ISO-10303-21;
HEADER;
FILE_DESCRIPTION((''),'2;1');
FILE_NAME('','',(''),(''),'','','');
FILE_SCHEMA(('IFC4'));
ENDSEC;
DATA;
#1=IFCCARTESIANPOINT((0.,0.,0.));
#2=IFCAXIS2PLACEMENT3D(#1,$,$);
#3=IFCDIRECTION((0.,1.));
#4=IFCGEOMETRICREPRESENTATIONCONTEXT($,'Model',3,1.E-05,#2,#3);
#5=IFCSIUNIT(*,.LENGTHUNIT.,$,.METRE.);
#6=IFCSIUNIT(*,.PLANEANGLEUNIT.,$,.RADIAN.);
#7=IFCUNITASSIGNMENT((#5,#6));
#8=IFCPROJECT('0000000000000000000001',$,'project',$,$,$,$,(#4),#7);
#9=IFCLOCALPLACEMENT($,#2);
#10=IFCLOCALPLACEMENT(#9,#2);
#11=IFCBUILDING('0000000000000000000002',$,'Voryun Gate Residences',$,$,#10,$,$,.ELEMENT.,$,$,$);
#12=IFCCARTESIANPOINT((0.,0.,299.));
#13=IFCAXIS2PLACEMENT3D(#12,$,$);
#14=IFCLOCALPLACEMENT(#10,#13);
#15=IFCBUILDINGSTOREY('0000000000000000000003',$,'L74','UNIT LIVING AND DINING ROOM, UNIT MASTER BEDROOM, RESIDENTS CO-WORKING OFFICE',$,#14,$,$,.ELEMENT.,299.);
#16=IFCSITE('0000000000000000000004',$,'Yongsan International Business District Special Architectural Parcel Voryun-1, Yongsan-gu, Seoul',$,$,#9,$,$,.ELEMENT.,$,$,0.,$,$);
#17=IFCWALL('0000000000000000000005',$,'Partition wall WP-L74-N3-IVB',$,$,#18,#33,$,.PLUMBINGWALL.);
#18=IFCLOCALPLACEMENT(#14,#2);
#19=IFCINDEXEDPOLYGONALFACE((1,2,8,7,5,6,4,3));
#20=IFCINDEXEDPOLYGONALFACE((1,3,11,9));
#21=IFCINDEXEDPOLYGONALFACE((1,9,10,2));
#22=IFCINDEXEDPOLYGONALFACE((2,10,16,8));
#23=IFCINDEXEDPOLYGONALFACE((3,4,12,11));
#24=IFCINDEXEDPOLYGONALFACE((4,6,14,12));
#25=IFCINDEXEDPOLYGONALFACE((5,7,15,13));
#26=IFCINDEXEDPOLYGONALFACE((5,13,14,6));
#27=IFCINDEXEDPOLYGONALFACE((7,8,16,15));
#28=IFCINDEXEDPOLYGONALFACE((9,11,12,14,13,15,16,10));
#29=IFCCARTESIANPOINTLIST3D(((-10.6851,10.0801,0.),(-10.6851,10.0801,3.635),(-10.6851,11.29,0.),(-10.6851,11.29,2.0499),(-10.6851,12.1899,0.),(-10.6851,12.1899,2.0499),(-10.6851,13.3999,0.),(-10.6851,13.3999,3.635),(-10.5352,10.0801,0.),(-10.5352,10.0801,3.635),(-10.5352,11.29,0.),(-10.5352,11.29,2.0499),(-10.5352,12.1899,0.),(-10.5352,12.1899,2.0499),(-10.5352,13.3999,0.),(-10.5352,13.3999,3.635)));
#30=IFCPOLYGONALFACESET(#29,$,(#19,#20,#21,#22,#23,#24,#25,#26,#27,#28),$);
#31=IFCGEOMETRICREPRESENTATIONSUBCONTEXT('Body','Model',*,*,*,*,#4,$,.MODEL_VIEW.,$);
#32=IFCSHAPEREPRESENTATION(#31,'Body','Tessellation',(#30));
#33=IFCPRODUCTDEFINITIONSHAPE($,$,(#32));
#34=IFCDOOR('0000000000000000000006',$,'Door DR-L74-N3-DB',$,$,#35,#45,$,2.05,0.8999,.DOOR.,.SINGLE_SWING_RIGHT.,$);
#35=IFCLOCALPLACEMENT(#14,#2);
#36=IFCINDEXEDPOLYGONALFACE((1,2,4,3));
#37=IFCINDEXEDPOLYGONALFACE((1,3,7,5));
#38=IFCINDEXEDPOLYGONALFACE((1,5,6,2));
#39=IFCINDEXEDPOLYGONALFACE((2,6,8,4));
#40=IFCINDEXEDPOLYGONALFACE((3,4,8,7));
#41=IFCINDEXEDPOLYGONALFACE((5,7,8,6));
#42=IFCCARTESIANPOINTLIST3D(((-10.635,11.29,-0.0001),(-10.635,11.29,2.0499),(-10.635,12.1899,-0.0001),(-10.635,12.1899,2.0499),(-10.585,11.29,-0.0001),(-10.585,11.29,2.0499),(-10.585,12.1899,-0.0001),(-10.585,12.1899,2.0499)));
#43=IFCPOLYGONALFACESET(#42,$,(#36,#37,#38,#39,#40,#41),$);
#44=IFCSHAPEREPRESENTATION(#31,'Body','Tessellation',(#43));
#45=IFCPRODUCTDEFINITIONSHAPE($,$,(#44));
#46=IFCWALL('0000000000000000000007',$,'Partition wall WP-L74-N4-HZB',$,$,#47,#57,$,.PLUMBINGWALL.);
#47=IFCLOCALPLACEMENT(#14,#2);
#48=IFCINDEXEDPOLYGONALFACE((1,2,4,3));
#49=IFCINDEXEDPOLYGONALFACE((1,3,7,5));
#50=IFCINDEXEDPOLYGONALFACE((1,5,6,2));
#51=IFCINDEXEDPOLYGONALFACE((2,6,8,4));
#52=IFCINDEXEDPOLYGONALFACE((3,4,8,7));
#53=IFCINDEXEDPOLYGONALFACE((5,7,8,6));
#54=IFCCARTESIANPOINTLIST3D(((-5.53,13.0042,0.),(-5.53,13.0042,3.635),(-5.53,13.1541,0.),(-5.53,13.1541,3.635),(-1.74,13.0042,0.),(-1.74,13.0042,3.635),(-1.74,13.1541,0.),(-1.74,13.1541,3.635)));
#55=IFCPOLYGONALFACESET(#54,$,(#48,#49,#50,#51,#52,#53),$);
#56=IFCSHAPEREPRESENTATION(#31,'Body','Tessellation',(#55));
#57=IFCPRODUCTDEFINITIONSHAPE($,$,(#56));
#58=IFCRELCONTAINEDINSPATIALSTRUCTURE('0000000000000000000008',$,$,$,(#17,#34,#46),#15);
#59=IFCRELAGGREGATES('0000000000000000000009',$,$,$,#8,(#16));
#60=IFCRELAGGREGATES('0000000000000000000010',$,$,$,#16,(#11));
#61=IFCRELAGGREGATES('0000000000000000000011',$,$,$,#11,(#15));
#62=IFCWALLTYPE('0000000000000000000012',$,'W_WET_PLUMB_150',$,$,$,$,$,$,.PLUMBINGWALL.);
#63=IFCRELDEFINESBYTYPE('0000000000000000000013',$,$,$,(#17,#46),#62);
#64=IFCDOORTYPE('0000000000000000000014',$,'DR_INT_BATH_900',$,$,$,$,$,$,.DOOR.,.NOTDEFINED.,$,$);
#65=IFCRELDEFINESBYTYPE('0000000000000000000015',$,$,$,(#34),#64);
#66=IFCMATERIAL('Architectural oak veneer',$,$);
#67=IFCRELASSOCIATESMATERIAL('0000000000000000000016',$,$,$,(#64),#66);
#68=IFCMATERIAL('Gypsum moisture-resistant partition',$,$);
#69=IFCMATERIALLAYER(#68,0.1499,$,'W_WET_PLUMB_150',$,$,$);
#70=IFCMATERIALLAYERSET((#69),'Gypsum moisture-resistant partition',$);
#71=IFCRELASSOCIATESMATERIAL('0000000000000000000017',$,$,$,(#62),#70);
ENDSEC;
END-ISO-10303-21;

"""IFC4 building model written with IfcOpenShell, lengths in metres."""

from ifc_helpers import new_model, si_unit, direction, frame, frame_2d, origin, place, context, subcontext, project, spatial, rectangle, extrude, material, layer, layer_set, type_object, element, fill, save


model = new_model("IFC4")

# Units and contexts
model_context = context("Model", 3, precision=1e-05, world=origin(), true_north=direction((0.0, 1.0)))
body_context = subcontext(model_context, "Body", "Model", "MODEL_VIEW")
ifc_project = project(units=[si_unit("LENGTHUNIT", "METRE"), si_unit("PLANEANGLEUNIT", "RADIAN")], contexts=[model_context])

# Site, building, storey
site_placement = place(None, origin())
site = spatial("IfcSite", under=ifc_project, at=site_placement, Name="Yongsan International Business District Special Architectural Parcel Voryun-1, Yongsan-gu, Seoul", CompositionType="ELEMENT", RefElevation=0.0)
building_placement = place(site_placement, origin())
building = spatial("IfcBuilding", under=site, at=building_placement, Name="Voryun Gate Residences", CompositionType="ELEMENT")
storey_placement = place(building_placement, frame((0.0, 0.0, 299.0)))
storey = spatial("IfcBuildingStorey", under=building, at=storey_placement, Name="L74", Description="UNIT LIVING AND DINING ROOM, UNIT MASTER BEDROOM, RESIDENTS CO-WORKING OFFICE", CompositionType="ELEMENT", Elevation=299.0)

# Shared definitions
ifc_material_1 = material(Name="Architectural oak veneer")
door_type_1 = type_object("IfcDoorType", Name="DR_INT_BATH_900", OperationType="NOTDEFINED", PredefinedType="DOOR", material=ifc_material_1)

# Shared definitions
ifc_material_2 = material(Name="Gypsum moisture-resistant partition")
ifc_layer_1 = layer(ifc_material_2, 0.1499, Name="W_WET_PLUMB_150")
ifc_layer_set_1 = layer_set([ifc_layer_1], Name="Gypsum moisture-resistant partition")
wall_type_1 = type_object("IfcWallType", Name="W_WET_PLUMB_150", PredefinedType="PLUMBINGWALL", material=ifc_layer_set_1)

# Wall, opening, door
wall_1_placement = place(storey_placement, frame((-10.6101, 10.0801, 0.0), z_axis=(0.0, 0.0, 1.0), x_axis=(0.0, 1.0, 0.0)))
wall_1 = element("IfcWall", 1, at=wall_1_placement, inside=storey, type_object=wall_type_1, Name="Partition wall WP-L74-N3-IVB", PredefinedType="PLUMBINGWALL", context=body_context, shape_type="SweptSolid", body=[
    extrude(rectangle(XDim=3.3198, YDim=0.1499, at=frame_2d((1.6599, 0.0))), origin(), (0.0, 0.0, 1.0), 3.635),
])
opening_1_placement = place(wall_1_placement, frame((1.21, 0.0, 0.0)))
opening_1 = element("IfcOpeningElement", 2, at=opening_1_placement, cuts=wall_1, PredefinedType="OPENING", context=body_context, shape_type="SweptSolid", body=[
    extrude(rectangle(XDim=0.8999, YDim=2.05, at=frame_2d((0.45, 1.0249))), frame((0.0, 0.085, 0.0), z_axis=(0.0, -1.0, 0.0), x_axis=(1.0, 0.0, 0.0)), (0.0, 0.0, 1.0), 0.1699),
])
door_1_placement = place(opening_1_placement, origin())
door_1 = element("IfcDoor", 3, at=door_1_placement, inside=storey, type_object=door_type_1, Name="Door DR-L74-N3-DB", OperationType="SINGLE_SWING_RIGHT", OverallHeight=2.05, OverallWidth=0.8999, PredefinedType="DOOR", context=body_context, shape_type="SweptSolid", body=[
    extrude(rectangle(XDim=0.8999, YDim=2.05, at=frame_2d((0.45, 1.0249))), frame((0.0, 0.0249, 0.0), z_axis=(0.0, -1.0, 0.0), x_axis=(1.0, 0.0, 0.0)), (0.0, 0.0, 1.0), 0.05),
])
fill(opening_1, door_1)

# Wall
wall_2_placement = place(storey_placement, frame((-5.53, 13.0791, 0.0), z_axis=(0.0, 0.0, 1.0), x_axis=(1.0, 0.0, 0.0)))
element("IfcWall", 4, at=wall_2_placement, inside=storey, type_object=wall_type_1, Name="Partition wall WP-L74-N4-HZB", PredefinedType="PLUMBINGWALL", context=body_context, shape_type="SweptSolid", body=[
    extrude(rectangle(XDim=3.79, YDim=0.1499, at=frame_2d((1.895, 0.0))), origin(), (0.0, 0.0, 1.0), 3.635),
])

save(model, "model.ifc")
